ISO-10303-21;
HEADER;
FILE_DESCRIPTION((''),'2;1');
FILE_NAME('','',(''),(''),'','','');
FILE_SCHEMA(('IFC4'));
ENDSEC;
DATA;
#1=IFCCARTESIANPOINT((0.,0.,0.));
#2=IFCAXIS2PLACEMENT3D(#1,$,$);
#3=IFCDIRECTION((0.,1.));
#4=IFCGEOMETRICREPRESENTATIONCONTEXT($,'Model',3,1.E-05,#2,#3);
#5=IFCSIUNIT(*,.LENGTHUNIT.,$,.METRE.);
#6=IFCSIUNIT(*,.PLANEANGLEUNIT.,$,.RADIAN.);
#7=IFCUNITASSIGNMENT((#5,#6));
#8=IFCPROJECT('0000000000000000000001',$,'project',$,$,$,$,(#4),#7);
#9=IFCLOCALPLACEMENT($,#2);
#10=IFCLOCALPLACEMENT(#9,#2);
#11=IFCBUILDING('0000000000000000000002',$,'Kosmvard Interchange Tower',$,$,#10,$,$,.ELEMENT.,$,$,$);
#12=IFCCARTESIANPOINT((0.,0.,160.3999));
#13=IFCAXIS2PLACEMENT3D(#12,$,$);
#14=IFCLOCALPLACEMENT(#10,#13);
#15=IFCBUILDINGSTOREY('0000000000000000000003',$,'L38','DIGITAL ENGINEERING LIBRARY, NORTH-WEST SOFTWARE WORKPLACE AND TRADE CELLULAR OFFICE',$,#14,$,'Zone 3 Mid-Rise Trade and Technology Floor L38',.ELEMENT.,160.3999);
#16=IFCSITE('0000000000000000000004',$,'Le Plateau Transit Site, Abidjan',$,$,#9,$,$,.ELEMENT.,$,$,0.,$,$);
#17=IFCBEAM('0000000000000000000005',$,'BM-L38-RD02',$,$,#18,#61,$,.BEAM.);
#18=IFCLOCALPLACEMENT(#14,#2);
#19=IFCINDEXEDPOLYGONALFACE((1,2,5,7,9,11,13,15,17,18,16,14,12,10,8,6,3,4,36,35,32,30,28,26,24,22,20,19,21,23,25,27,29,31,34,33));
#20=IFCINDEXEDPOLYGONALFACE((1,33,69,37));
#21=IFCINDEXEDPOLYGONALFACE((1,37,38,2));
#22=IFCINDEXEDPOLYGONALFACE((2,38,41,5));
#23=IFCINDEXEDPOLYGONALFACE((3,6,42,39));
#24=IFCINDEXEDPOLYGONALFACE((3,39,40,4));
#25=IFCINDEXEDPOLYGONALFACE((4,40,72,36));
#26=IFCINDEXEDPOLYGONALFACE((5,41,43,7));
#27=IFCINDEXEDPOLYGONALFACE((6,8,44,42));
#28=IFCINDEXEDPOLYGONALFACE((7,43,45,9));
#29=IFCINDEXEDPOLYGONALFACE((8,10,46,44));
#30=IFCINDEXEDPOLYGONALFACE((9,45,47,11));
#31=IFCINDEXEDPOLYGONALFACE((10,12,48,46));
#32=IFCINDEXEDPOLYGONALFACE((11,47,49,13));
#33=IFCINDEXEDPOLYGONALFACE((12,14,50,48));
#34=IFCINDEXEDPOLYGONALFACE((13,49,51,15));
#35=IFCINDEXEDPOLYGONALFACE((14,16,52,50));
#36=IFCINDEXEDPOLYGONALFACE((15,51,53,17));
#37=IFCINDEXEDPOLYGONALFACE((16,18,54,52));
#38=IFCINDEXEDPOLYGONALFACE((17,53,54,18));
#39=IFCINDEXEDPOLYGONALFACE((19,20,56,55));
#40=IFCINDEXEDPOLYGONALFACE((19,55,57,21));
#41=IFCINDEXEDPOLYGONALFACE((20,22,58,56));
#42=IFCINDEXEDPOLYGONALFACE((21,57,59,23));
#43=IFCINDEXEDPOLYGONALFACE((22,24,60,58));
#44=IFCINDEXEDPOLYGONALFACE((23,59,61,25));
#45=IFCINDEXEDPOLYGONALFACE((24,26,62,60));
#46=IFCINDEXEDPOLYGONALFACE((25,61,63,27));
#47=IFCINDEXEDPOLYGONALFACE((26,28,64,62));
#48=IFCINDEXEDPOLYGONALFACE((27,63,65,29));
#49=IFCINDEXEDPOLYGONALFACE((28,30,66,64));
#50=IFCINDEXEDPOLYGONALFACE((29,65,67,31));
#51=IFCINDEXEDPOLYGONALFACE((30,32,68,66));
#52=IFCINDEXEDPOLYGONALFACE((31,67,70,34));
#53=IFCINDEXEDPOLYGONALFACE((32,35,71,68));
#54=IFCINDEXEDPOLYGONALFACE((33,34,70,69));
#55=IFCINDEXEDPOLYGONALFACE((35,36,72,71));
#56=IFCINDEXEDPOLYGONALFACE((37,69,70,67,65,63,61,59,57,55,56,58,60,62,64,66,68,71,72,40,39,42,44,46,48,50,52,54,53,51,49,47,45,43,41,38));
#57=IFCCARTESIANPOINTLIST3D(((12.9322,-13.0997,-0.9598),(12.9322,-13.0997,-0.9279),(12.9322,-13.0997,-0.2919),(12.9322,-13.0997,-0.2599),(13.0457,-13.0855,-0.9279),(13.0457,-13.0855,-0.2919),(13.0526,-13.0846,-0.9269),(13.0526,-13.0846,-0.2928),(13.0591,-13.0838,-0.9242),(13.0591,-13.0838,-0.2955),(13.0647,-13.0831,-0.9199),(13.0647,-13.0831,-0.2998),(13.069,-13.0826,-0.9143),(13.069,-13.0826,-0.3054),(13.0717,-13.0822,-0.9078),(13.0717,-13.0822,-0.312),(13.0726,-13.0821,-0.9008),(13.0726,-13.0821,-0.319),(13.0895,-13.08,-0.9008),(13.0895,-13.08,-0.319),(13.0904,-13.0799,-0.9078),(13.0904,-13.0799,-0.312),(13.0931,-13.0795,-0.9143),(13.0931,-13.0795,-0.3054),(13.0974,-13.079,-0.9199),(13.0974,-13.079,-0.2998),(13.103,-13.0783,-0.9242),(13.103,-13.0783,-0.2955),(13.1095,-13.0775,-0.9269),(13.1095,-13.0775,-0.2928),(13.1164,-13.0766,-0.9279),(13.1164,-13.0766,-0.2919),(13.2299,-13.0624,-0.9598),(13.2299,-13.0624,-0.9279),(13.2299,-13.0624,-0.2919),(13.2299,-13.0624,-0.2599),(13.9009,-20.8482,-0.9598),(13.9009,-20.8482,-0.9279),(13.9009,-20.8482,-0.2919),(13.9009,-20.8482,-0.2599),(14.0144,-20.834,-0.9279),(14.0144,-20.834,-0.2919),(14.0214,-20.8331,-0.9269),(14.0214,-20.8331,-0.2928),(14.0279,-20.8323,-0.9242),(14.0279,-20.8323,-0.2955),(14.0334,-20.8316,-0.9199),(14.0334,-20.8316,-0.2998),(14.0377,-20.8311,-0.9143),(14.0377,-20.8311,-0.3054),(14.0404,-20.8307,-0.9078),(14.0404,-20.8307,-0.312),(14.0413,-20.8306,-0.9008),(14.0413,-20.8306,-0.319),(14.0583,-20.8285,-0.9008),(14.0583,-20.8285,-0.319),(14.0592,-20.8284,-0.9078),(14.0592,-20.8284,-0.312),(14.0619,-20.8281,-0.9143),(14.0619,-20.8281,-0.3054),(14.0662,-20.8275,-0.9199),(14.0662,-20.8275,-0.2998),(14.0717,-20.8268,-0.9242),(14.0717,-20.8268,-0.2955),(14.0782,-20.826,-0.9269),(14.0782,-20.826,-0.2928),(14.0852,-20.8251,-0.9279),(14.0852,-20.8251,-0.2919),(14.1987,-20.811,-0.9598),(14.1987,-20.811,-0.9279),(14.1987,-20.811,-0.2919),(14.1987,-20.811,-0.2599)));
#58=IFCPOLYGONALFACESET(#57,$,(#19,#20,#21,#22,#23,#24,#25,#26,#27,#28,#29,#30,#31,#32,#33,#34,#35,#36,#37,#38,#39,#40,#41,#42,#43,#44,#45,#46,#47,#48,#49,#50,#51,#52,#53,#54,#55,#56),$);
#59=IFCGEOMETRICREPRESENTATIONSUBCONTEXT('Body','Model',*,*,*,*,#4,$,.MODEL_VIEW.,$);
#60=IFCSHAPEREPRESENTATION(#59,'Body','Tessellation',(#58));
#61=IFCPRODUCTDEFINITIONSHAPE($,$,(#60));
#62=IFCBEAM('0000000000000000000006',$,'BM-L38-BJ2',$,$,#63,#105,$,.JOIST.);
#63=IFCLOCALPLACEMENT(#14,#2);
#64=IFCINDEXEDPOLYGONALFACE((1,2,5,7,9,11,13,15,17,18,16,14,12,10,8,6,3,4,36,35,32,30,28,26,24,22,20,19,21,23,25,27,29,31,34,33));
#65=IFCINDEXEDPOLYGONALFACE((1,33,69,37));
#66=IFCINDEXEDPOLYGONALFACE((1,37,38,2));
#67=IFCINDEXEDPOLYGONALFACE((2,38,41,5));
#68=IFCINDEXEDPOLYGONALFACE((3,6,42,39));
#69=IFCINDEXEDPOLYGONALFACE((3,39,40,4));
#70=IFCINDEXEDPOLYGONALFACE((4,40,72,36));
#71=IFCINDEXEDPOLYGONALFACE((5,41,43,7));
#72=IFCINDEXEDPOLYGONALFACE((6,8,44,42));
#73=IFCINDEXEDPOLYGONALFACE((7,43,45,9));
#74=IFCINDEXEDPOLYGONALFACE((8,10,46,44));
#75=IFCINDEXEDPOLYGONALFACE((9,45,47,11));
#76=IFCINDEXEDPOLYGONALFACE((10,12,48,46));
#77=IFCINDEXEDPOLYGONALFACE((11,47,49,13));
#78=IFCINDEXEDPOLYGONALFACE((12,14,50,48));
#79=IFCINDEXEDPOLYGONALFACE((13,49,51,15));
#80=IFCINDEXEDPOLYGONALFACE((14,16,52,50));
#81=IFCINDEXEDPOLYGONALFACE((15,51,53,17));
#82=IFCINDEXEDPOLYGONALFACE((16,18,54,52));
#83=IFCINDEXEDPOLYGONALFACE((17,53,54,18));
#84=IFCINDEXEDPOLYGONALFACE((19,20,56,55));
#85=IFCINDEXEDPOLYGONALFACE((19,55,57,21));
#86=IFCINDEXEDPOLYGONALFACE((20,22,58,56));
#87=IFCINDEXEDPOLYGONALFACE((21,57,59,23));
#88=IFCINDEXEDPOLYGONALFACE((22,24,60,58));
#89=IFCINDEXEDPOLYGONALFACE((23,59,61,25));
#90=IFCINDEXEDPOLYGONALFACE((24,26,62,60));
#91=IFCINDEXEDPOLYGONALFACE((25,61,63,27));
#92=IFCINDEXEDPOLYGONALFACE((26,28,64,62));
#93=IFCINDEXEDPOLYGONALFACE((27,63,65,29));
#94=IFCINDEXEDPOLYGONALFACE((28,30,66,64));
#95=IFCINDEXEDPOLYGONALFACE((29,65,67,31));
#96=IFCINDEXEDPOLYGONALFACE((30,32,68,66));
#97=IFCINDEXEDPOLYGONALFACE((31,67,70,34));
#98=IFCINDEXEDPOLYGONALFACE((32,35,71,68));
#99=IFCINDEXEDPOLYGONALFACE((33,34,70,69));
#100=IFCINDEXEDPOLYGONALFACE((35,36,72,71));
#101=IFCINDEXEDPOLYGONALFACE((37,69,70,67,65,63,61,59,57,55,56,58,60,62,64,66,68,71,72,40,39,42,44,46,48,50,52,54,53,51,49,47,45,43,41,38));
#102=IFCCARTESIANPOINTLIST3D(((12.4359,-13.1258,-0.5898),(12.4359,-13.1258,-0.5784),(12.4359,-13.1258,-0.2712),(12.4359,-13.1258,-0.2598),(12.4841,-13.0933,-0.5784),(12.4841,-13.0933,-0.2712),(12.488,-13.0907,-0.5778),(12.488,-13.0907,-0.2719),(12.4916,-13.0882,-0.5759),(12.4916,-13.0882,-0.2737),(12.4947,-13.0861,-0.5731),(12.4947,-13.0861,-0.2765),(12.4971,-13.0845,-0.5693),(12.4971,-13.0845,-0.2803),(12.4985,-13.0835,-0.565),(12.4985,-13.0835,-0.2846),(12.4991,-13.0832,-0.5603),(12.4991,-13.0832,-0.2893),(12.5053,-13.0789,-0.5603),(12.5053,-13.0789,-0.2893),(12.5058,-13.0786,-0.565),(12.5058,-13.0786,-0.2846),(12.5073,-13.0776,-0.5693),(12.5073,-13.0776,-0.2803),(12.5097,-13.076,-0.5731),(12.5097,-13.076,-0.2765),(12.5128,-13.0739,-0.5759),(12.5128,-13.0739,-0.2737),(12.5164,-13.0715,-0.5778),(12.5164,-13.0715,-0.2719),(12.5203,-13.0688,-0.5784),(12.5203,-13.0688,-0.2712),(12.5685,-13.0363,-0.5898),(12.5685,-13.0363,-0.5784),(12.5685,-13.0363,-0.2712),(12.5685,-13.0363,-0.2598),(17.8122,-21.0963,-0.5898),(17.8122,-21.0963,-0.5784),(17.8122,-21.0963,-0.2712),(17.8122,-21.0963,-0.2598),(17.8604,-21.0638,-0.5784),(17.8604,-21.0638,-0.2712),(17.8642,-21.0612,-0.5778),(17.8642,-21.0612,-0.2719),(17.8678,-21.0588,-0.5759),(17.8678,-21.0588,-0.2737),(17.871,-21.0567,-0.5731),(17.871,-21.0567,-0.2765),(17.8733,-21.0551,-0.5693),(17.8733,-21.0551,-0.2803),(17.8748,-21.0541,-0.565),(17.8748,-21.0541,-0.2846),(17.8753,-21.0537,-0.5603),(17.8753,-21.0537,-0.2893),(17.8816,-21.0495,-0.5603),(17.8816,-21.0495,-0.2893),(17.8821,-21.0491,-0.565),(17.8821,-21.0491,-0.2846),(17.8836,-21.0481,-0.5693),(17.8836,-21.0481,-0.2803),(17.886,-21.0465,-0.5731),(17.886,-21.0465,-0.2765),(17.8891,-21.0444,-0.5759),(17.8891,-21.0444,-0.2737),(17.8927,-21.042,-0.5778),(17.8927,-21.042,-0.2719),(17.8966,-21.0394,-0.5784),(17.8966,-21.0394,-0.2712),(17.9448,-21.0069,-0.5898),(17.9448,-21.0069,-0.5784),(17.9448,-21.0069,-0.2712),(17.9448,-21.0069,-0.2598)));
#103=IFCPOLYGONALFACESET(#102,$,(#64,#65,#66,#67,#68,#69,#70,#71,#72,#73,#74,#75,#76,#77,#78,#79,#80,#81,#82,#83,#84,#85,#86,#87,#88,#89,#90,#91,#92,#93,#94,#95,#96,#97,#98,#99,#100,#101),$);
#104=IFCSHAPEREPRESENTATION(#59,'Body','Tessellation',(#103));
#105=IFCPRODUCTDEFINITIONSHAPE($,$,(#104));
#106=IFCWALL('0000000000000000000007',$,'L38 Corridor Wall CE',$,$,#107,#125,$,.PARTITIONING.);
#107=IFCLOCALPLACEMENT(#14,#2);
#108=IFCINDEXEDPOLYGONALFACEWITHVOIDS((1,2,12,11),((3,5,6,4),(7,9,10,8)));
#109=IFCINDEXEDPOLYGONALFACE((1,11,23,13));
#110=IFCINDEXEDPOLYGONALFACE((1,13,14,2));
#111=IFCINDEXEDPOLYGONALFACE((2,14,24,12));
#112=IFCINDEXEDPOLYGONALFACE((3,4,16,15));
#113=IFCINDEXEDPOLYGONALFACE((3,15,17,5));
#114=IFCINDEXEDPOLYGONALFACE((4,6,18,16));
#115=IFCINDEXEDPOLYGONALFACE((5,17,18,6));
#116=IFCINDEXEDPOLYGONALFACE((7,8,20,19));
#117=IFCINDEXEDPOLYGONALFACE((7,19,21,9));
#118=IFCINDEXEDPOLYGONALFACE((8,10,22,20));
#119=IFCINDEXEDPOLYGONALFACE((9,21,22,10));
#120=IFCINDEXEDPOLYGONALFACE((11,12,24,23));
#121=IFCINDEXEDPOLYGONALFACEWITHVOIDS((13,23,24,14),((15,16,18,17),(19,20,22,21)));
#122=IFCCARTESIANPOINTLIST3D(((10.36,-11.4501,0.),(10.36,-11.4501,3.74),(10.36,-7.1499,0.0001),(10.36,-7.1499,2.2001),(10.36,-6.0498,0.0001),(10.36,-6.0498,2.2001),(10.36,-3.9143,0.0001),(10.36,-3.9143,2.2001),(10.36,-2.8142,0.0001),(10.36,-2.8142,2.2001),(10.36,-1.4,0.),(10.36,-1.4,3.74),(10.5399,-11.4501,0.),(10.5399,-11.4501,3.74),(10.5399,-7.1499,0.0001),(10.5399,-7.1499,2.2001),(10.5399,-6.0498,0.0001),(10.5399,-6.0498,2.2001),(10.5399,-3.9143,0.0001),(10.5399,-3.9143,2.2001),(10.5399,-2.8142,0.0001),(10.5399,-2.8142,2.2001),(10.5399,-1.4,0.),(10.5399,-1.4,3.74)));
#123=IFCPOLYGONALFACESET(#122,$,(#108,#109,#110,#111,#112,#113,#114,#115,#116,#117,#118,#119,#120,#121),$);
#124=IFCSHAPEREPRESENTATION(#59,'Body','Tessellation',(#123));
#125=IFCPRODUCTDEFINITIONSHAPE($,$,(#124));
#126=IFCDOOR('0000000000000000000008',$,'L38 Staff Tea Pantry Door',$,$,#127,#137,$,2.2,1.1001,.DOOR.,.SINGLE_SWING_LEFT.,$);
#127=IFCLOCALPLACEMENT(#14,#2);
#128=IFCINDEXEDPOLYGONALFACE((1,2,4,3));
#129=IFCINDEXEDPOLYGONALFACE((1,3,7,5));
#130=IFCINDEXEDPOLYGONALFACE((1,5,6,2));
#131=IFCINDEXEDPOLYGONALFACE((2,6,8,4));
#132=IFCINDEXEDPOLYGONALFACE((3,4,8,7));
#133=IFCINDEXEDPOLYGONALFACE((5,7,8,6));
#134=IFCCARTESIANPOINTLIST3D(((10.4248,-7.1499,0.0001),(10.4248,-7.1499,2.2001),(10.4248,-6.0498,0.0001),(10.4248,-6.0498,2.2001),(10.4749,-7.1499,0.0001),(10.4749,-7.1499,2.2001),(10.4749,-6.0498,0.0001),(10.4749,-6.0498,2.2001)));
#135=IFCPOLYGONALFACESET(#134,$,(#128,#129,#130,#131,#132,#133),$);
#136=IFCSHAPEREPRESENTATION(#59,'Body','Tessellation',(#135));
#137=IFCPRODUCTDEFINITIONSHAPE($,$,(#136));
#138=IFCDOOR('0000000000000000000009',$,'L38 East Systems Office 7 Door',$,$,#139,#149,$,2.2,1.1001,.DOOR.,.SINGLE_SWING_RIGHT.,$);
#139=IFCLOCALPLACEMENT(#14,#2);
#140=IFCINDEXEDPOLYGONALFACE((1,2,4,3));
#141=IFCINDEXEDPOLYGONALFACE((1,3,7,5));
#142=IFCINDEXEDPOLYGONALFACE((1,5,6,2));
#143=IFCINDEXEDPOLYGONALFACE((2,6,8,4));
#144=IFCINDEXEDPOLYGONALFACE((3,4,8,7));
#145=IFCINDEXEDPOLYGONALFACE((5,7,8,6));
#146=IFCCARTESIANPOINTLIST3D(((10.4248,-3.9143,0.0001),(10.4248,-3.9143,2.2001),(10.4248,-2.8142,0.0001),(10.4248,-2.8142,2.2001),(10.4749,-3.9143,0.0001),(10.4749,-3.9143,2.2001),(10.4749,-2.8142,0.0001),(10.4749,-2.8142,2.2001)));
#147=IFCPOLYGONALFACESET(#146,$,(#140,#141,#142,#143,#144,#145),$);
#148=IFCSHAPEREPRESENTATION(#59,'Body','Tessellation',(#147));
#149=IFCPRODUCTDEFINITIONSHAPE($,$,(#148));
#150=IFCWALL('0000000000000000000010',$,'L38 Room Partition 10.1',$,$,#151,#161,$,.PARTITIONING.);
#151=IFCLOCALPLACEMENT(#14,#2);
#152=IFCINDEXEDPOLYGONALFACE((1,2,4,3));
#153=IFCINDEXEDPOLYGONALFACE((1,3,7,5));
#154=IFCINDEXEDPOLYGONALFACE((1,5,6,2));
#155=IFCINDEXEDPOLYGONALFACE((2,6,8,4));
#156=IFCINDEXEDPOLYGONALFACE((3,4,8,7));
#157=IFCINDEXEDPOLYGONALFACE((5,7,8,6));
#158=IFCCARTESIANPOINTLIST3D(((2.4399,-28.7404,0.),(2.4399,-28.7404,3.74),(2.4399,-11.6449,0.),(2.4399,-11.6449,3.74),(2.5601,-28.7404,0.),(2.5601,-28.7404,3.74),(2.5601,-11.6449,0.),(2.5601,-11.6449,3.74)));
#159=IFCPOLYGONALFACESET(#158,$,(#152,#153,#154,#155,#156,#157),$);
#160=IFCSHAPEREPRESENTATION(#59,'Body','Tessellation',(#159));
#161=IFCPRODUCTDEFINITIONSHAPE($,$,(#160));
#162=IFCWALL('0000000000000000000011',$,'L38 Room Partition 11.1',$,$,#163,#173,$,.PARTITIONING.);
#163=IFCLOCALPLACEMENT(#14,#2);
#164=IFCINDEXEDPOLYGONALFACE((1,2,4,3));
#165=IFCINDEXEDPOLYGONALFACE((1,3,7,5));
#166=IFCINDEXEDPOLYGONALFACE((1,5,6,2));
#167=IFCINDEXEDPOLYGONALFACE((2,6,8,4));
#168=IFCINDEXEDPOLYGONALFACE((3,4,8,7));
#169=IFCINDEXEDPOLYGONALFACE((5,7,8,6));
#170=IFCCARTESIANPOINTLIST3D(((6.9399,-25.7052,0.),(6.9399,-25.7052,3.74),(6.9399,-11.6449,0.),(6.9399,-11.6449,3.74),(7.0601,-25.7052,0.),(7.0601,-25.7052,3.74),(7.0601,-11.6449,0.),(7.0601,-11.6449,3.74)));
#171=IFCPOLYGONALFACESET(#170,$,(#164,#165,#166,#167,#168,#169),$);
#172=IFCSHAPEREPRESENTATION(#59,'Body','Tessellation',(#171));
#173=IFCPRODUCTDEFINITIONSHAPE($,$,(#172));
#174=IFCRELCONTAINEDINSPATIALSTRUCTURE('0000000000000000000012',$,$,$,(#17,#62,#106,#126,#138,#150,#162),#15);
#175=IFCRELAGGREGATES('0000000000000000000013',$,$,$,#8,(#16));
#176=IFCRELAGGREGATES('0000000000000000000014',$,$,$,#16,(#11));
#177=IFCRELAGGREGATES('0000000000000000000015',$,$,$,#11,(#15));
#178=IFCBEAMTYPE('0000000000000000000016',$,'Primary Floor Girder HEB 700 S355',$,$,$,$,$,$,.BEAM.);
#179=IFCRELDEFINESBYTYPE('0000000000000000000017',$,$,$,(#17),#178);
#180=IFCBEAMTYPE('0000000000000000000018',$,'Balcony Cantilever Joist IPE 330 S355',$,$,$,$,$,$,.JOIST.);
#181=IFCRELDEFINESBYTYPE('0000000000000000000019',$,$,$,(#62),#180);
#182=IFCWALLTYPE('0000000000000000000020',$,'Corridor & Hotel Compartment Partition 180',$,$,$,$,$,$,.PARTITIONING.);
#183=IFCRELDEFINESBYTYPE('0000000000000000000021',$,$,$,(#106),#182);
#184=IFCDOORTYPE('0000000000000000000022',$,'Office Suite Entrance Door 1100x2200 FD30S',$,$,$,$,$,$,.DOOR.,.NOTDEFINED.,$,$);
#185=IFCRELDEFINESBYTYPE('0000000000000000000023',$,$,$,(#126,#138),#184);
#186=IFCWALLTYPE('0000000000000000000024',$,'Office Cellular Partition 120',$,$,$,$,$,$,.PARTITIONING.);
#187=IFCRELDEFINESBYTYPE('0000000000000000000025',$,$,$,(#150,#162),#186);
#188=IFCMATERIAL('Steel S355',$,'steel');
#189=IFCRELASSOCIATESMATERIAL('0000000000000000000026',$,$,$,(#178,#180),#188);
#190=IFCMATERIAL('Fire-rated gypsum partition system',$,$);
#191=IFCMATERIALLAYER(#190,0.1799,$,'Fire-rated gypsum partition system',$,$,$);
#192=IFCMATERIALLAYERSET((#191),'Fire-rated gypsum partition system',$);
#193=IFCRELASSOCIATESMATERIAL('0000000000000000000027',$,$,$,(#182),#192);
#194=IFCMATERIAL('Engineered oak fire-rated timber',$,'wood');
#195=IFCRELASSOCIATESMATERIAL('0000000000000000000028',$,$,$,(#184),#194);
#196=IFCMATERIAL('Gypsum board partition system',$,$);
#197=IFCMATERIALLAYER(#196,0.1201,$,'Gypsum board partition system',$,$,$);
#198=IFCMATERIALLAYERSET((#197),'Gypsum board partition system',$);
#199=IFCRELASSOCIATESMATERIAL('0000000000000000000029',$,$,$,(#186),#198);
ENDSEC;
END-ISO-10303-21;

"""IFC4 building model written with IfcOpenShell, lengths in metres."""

from ifc_helpers import new_model, si_unit, direction, frame, frame_2d, origin, origin_2d, place, context, subcontext, project, spatial, rectangle, i_section, extrude, source, transform, mapped, material, layer, layer_set, material_profile, profile_set, type_object, element, fill, save


model = new_model("IFC4")

# Units and contexts
model_context = context("Model", 3, precision=1e-05, world=origin(), true_north=direction((0.0, 1.0)))
body_context = subcontext(model_context, "Body", "Model", "MODEL_VIEW")
ifc_project = project(units=[si_unit("LENGTHUNIT", "METRE"), si_unit("PLANEANGLEUNIT", "RADIAN")], contexts=[model_context])

# Site, building, storey
site_placement = place(None, origin())
site = spatial("IfcSite", under=ifc_project, at=site_placement, Name="Le Plateau Transit Site, Abidjan", CompositionType="ELEMENT", RefElevation=0.0)
building_placement = place(site_placement, origin())
building = spatial("IfcBuilding", under=site, at=building_placement, Name="Kosmvard Interchange Tower", CompositionType="ELEMENT")
storey_placement = place(building_placement, frame((0.0, 0.0, 160.3999)))
storey = spatial("IfcBuildingStorey", under=building, at=storey_placement, Name="L38", Description="DIGITAL ENGINEERING LIBRARY, NORTH-WEST SOFTWARE WORKPLACE AND TRADE CELLULAR OFFICE", LongName="Zone 3 Mid-Rise Trade and Technology Floor L38", CompositionType="ELEMENT", Elevation=160.3999)

# Beams
ifc_material_1 = material(Name="Steel S355", Category="steel")
ifc_material_profile_1 = material_profile(ifc_material_1, i_section(OverallWidth=0.3, OverallDepth=0.7, WebThickness=0.0171, FlangeThickness=0.032, FilletRadius=0.0271, at=origin_2d()), Name="HEB 700")
ifc_profile_set_1 = profile_set([ifc_material_profile_1], Name="Steel S355")
beam_type_1 = type_object("IfcBeamType", Name="Primary Floor Girder HEB 700 S355", PredefinedType="BEAM", material=ifc_profile_set_1)
shared_shape_1 = source(origin(), body_context, "Body", "SweptSolid", [
    extrude(i_section(OverallWidth=0.3, OverallDepth=0.7, WebThickness=0.0171, FlangeThickness=0.032, FilletRadius=0.0271, at=origin_2d()), origin(), (0.0, 0.0, 1.0), 7.8088),
])
beam_1_placement = place(storey_placement, frame((13.0811, -13.0811, -0.6099), z_axis=(0.124058, -0.992275, 0.0), x_axis=(0.992275, 0.124058, 0.0)))
element("IfcBeam", 1, at=beam_1_placement, inside=storey, type_object=beam_type_1, Name="BM-L38-RD02", PredefinedType="BEAM", context=body_context, shape_type="MappedRepresentation", body=[
    mapped(shared_shape_1, transform((0.0, 0.0, 0.0), scale=1.0)),
])
ifc_material_profile_2 = material_profile(ifc_material_1, i_section(OverallWidth=0.1599, OverallDepth=0.3301, WebThickness=0.0076, FlangeThickness=0.0115, FilletRadius=0.0181, at=origin_2d()), Name="IPE 330")
ifc_profile_set_2 = profile_set([ifc_material_profile_2], Name="Steel S355")
beam_type_2 = type_object("IfcBeamType", Name="Balcony Cantilever Joist IPE 330 S355", PredefinedType="JOIST", material=ifc_profile_set_2)
shared_shape_2 = source(origin(), body_context, "Body", "SweptSolid", [
    extrude(i_section(OverallWidth=0.1599, OverallDepth=0.3301, WebThickness=0.0076, FlangeThickness=0.0115, FilletRadius=0.0181, at=origin_2d()), origin(), (0.0, 0.0, 1.0), 9.6143),
])
beam_2_placement = place(storey_placement, frame((12.5022, -13.0811, -0.4248), z_axis=(0.559198, -0.829034, 0.0), x_axis=(0.829034, 0.559198, 0.0)))
element("IfcBeam", 2, at=beam_2_placement, inside=storey, type_object=beam_type_2, Name="BM-L38-BJ2", PredefinedType="JOIST", context=body_context, shape_type="MappedRepresentation", body=[
    mapped(shared_shape_2, transform((0.0, 0.0, 0.0), scale=1.0)),
])

# Wall, openings, doors
ifc_material_2 = material(Name="Fire-rated gypsum partition system")
ifc_layer_1 = layer(ifc_material_2, 0.1799, Name="Fire-rated gypsum partition system")
ifc_layer_set_1 = layer_set([ifc_layer_1], Name="Fire-rated gypsum partition system")
wall_type_1 = type_object("IfcWallType", Name="Corridor & Hotel Compartment Partition 180", PredefinedType="PARTITIONING", material=ifc_layer_set_1)
wall_1_placement = place(storey_placement, frame((10.45, -11.45, 0.0), z_axis=(0.0, 0.0, 1.0), x_axis=(0.0, 1.0, 0.0)))
wall_1 = element("IfcWall", 3, at=wall_1_placement, inside=storey, type_object=wall_type_1, Name="L38 Corridor Wall CE", PredefinedType="PARTITIONING", context=body_context, shape_type="SweptSolid", body=[
    extrude(rectangle(XDim=10.05, YDim=0.1799, at=frame_2d((5.0249, 0.0))), origin(), (0.0, 0.0, 1.0), 3.74),
])
opening_1_placement = place(wall_1_placement, frame((4.3, 0.0, 0.0)))
opening_1 = element("IfcOpeningElement", 4, at=opening_1_placement, cuts=wall_1, PredefinedType="OPENING", context=body_context, shape_type="SweptSolid", body=[
    extrude(rectangle(XDim=1.1001, YDim=2.2, at=frame_2d((0.55, 1.1001))), frame((0.0, 0.1001, 0.0), z_axis=(0.0, -1.0, 0.0), x_axis=(1.0, 0.0, 0.0)), (0.0, 0.0, 1.0), 0.2),
])
opening_2_placement = place(wall_1_placement, frame((7.5356, 0.0, 0.0)))
opening_2 = element("IfcOpeningElement", 5, at=opening_2_placement, cuts=wall_1, PredefinedType="OPENING", context=body_context, shape_type="SweptSolid", body=[
    extrude(rectangle(XDim=1.1001, YDim=2.2, at=frame_2d((0.55, 1.1001))), frame((0.0, 0.1001, 0.0), z_axis=(0.0, -1.0, 0.0), x_axis=(1.0, 0.0, 0.0)), (0.0, 0.0, 1.0), 0.2),
])
ifc_material_3 = material(Name="Engineered oak fire-rated timber", Category="wood")
door_type = type_object("IfcDoorType", Name="Office Suite Entrance Door 1100x2200 FD30S", OperationType="NOTDEFINED", PredefinedType="DOOR", material=ifc_material_3)
shared_shape_3 = source(origin(), body_context, "Body", "SweptSolid", [
    extrude(rectangle(XDim=1.1001, YDim=2.2, at=frame_2d((0.55, 1.1001))), frame((0.0, 0.0249, 0.0), z_axis=(0.0, -1.0, 0.0), x_axis=(1.0, 0.0, 0.0)), (0.0, 0.0, 1.0), 0.05),
])
door_1_placement = place(opening_1_placement, frame((1.1001, 0.0, 0.0), z_axis=(0.0, 0.0, 1.0), x_axis=(-1.0, 0.0, 0.0)))
door_1 = element("IfcDoor", 6, at=door_1_placement, inside=storey, type_object=door_type, Name="L38 Staff Tea Pantry Door", OperationType="SINGLE_SWING_LEFT", OverallHeight=2.2, OverallWidth=1.1001, PredefinedType="DOOR", context=body_context, shape_type="MappedRepresentation", body=[
    mapped(shared_shape_3, transform((0.0, 0.0, 0.0), scale=1.0)),
])
fill(opening_1, door_1)
door_2_placement = place(opening_2_placement, frame((1.1001, 0.0, 0.0), z_axis=(0.0, 0.0, 1.0), x_axis=(-1.0, 0.0, 0.0)))
door_2 = element("IfcDoor", 7, at=door_2_placement, inside=storey, type_object=door_type, Name="L38 East Systems Office 7 Door", OperationType="SINGLE_SWING_RIGHT", OverallHeight=2.2, OverallWidth=1.1001, PredefinedType="DOOR", context=body_context, shape_type="MappedRepresentation", body=[
    mapped(shared_shape_3, transform((0.0, 0.0, 0.0), scale=1.0)),
])
fill(opening_2, door_2)

# Walls
ifc_material_4 = material(Name="Gypsum board partition system")
ifc_layer_2 = layer(ifc_material_4, 0.1201, Name="Gypsum board partition system")
ifc_layer_set_2 = layer_set([ifc_layer_2], Name="Gypsum board partition system")
wall_type_2 = type_object("IfcWallType", Name="Office Cellular Partition 120", PredefinedType="PARTITIONING", material=ifc_layer_set_2)
wall_2_placement = place(storey_placement, frame((2.5, -28.7405, 0.0), z_axis=(0.0, 0.0, 1.0), x_axis=(0.0, 1.0, 0.0)))
element("IfcWall", 8, at=wall_2_placement, inside=storey, type_object=wall_type_2, Name="L38 Room Partition 10.1", PredefinedType="PARTITIONING", context=body_context, shape_type="SweptSolid", body=[
    extrude(rectangle(XDim=17.0955, YDim=0.1201, at=frame_2d((8.5479, 0.0))), origin(), (0.0, 0.0, 1.0), 3.74),
])
wall_3_placement = place(storey_placement, frame((7.0, -25.7053, 0.0), z_axis=(0.0, 0.0, 1.0), x_axis=(0.0, 1.0, 0.0)))
element("IfcWall", 9, at=wall_3_placement, inside=storey, type_object=wall_type_2, Name="L38 Room Partition 11.1", PredefinedType="PARTITIONING", context=body_context, shape_type="SweptSolid", body=[
    extrude(rectangle(XDim=14.0603, YDim=0.1201, at=frame_2d((7.0303, 0.0))), origin(), (0.0, 0.0, 1.0), 3.74),
])

save(model, "model.ifc")
